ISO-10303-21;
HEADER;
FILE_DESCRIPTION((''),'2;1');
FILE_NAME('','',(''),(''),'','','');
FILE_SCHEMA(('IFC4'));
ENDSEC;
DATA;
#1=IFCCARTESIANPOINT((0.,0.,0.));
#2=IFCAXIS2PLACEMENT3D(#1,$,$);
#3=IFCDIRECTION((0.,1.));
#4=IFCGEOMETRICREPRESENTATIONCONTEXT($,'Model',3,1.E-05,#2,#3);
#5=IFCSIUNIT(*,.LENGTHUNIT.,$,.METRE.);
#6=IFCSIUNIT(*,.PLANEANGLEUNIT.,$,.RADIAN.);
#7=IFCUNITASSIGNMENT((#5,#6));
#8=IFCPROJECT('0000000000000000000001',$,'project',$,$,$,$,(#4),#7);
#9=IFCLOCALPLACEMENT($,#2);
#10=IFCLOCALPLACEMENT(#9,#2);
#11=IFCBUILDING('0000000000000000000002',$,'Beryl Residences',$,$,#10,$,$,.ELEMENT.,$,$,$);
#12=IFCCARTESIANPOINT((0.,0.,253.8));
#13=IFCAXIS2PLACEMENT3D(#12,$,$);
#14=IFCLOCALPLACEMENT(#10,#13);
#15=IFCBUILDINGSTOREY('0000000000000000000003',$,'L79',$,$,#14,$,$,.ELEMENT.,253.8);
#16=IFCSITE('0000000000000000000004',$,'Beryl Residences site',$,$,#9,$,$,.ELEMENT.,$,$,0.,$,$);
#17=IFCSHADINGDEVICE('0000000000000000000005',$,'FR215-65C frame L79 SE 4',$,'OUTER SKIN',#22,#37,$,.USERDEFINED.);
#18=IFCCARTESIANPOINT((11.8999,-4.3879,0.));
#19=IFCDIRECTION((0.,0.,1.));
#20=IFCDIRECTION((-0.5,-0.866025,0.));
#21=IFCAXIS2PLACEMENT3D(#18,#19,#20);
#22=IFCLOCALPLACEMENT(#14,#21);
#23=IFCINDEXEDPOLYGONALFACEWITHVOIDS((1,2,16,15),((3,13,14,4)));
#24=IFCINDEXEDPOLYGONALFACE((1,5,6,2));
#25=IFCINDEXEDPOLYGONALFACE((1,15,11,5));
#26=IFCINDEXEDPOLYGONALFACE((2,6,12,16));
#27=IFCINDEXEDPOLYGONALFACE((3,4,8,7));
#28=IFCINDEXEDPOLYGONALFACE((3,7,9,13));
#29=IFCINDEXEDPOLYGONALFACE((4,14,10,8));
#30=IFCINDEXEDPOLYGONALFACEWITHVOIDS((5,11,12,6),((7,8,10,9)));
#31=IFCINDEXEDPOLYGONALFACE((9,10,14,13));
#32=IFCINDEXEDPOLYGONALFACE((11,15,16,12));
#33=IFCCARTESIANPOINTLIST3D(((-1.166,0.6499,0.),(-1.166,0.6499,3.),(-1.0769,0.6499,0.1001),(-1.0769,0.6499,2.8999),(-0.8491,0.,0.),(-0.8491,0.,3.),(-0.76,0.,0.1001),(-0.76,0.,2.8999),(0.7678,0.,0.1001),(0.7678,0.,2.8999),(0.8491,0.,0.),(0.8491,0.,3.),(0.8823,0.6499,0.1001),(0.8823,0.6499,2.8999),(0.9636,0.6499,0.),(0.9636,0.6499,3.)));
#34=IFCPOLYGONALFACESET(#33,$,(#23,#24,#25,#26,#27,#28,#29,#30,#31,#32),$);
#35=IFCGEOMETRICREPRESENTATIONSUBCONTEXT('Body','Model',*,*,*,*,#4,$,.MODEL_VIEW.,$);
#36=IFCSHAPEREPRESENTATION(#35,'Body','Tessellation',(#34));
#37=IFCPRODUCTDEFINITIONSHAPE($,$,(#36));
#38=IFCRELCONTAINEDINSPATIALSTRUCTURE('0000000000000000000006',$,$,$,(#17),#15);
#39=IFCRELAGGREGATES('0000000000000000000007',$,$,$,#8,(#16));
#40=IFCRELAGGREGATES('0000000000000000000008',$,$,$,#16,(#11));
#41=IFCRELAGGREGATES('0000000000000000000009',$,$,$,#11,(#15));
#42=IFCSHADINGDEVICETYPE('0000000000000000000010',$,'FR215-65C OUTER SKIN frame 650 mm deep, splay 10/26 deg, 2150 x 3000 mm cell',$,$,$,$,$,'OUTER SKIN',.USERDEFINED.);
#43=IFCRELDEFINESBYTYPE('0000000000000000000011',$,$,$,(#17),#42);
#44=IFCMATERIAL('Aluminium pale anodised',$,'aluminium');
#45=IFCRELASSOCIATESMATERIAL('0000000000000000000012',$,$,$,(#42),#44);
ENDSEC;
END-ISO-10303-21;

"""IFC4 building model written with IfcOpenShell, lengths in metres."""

from ifc_helpers import new_model, entity, si_unit, direction, frame, origin, place, context, subcontext, project, spatial, source, transform, mapped, material, type_object, type_shapes, element, save


model = new_model("IFC4")

# Units and contexts
model_context = context("Model", 3, precision=1e-05, world=origin(), true_north=direction((0.0, 1.0)))
body_context = subcontext(model_context, "Body", "Model", "MODEL_VIEW")
ifc_project = project(units=[si_unit("LENGTHUNIT", "METRE"), si_unit("PLANEANGLEUNIT", "RADIAN")], contexts=[model_context])

# Site, building, storey
site_placement = place(None, origin())
site = spatial("IfcSite", under=ifc_project, at=site_placement, Name="Beryl Residences site", CompositionType="ELEMENT", RefElevation=0.0)
building_placement = place(site_placement, origin())
building = spatial("IfcBuilding", under=site, at=building_placement, Name="Beryl Residences", CompositionType="ELEMENT")
storey_placement = place(building_placement, frame((0.0, 0.0, 253.8)))
storey = spatial("IfcBuildingStorey", under=building, at=storey_placement, Name="L79", CompositionType="ELEMENT", Elevation=253.8)

# Shading device
ifc_material_1 = material(Name="Aluminium pale anodised", Category="aluminium")
shading_device_type_1 = type_object("IfcShadingDeviceType", Name="FR215-65C OUTER SKIN frame 650 mm deep, splay 10/26 deg, 2150 x 3000 mm cell", ElementType="OUTER SKIN", PredefinedType="USERDEFINED", material=ifc_material_1)
cartesian_point_1 = entity("IfcCartesianPoint", [-0.8491, 0.0])
cartesian_point_2 = entity("IfcCartesianPoint", [-0.7678, 0.1001])
cartesian_point_3 = entity("IfcCartesianPoint", [-0.9636, 0.0])
cartesian_point_4 = entity("IfcCartesianPoint", [-0.8823, 0.1001])
shared_shape_1 = source(origin(), body_context, "Body", "SweptSolid", [
    entity("IfcExtrudedAreaSolidTapered", entity("IfcArbitraryProfileDefWithVoids", "AREA", None, entity("IfcPolyline", [cartesian_point_1, entity("IfcCartesianPoint", [0.8491, 0.0]), entity("IfcCartesianPoint", [0.8491, 3.0]), entity("IfcCartesianPoint", [-0.8491, 3.0]), cartesian_point_1]), [entity("IfcPolyline", [cartesian_point_2, entity("IfcCartesianPoint", [0.76, 0.1001]), entity("IfcCartesianPoint", [0.76, 2.8999]), entity("IfcCartesianPoint", [-0.7678, 2.8999]), cartesian_point_2])]), entity("IfcAxis2Placement3D", entity("IfcCartesianPoint", [0.0, 0.0, 0.0]), entity("IfcDirection", [0.0, 1.0, 0.0]), entity("IfcDirection", [-1.0, 0.0, 0.0])), entity("IfcDirection", [0.0, 0.0, 1.0]), 0.6499, entity("IfcArbitraryProfileDefWithVoids", "AREA", None, entity("IfcPolyline", [cartesian_point_3, entity("IfcCartesianPoint", [1.166, 0.0]), entity("IfcCartesianPoint", [1.166, 3.0]), entity("IfcCartesianPoint", [-0.9636, 3.0]), cartesian_point_3]), [entity("IfcPolyline", [cartesian_point_4, entity("IfcCartesianPoint", [1.0769, 0.1001]), entity("IfcCartesianPoint", [1.0769, 2.8999]), entity("IfcCartesianPoint", [-0.8823, 2.8999]), cartesian_point_4])])),
])
type_shapes(shading_device_type_1, [shared_shape_1])
for number, where, z_axis, x_axis, name in (
    (1, (11.8999, -4.3879, 0.0), (0.0, 0.0, 1.0), (-0.5, -0.866025, 0.0), "FR215-65C frame L79 SE 4"),
):
    element("IfcShadingDevice", number, at=place(storey_placement, frame(where, z_axis=z_axis, x_axis=x_axis)), inside=storey, type_object=shading_device_type_1, Name=name, ObjectType="OUTER SKIN", PredefinedType="USERDEFINED", context=body_context, shape_type="MappedRepresentation", body=[
        mapped(shared_shape_1, transform((0.0, 0.0, 0.0))),
    ])

save(model, "model.ifc")
